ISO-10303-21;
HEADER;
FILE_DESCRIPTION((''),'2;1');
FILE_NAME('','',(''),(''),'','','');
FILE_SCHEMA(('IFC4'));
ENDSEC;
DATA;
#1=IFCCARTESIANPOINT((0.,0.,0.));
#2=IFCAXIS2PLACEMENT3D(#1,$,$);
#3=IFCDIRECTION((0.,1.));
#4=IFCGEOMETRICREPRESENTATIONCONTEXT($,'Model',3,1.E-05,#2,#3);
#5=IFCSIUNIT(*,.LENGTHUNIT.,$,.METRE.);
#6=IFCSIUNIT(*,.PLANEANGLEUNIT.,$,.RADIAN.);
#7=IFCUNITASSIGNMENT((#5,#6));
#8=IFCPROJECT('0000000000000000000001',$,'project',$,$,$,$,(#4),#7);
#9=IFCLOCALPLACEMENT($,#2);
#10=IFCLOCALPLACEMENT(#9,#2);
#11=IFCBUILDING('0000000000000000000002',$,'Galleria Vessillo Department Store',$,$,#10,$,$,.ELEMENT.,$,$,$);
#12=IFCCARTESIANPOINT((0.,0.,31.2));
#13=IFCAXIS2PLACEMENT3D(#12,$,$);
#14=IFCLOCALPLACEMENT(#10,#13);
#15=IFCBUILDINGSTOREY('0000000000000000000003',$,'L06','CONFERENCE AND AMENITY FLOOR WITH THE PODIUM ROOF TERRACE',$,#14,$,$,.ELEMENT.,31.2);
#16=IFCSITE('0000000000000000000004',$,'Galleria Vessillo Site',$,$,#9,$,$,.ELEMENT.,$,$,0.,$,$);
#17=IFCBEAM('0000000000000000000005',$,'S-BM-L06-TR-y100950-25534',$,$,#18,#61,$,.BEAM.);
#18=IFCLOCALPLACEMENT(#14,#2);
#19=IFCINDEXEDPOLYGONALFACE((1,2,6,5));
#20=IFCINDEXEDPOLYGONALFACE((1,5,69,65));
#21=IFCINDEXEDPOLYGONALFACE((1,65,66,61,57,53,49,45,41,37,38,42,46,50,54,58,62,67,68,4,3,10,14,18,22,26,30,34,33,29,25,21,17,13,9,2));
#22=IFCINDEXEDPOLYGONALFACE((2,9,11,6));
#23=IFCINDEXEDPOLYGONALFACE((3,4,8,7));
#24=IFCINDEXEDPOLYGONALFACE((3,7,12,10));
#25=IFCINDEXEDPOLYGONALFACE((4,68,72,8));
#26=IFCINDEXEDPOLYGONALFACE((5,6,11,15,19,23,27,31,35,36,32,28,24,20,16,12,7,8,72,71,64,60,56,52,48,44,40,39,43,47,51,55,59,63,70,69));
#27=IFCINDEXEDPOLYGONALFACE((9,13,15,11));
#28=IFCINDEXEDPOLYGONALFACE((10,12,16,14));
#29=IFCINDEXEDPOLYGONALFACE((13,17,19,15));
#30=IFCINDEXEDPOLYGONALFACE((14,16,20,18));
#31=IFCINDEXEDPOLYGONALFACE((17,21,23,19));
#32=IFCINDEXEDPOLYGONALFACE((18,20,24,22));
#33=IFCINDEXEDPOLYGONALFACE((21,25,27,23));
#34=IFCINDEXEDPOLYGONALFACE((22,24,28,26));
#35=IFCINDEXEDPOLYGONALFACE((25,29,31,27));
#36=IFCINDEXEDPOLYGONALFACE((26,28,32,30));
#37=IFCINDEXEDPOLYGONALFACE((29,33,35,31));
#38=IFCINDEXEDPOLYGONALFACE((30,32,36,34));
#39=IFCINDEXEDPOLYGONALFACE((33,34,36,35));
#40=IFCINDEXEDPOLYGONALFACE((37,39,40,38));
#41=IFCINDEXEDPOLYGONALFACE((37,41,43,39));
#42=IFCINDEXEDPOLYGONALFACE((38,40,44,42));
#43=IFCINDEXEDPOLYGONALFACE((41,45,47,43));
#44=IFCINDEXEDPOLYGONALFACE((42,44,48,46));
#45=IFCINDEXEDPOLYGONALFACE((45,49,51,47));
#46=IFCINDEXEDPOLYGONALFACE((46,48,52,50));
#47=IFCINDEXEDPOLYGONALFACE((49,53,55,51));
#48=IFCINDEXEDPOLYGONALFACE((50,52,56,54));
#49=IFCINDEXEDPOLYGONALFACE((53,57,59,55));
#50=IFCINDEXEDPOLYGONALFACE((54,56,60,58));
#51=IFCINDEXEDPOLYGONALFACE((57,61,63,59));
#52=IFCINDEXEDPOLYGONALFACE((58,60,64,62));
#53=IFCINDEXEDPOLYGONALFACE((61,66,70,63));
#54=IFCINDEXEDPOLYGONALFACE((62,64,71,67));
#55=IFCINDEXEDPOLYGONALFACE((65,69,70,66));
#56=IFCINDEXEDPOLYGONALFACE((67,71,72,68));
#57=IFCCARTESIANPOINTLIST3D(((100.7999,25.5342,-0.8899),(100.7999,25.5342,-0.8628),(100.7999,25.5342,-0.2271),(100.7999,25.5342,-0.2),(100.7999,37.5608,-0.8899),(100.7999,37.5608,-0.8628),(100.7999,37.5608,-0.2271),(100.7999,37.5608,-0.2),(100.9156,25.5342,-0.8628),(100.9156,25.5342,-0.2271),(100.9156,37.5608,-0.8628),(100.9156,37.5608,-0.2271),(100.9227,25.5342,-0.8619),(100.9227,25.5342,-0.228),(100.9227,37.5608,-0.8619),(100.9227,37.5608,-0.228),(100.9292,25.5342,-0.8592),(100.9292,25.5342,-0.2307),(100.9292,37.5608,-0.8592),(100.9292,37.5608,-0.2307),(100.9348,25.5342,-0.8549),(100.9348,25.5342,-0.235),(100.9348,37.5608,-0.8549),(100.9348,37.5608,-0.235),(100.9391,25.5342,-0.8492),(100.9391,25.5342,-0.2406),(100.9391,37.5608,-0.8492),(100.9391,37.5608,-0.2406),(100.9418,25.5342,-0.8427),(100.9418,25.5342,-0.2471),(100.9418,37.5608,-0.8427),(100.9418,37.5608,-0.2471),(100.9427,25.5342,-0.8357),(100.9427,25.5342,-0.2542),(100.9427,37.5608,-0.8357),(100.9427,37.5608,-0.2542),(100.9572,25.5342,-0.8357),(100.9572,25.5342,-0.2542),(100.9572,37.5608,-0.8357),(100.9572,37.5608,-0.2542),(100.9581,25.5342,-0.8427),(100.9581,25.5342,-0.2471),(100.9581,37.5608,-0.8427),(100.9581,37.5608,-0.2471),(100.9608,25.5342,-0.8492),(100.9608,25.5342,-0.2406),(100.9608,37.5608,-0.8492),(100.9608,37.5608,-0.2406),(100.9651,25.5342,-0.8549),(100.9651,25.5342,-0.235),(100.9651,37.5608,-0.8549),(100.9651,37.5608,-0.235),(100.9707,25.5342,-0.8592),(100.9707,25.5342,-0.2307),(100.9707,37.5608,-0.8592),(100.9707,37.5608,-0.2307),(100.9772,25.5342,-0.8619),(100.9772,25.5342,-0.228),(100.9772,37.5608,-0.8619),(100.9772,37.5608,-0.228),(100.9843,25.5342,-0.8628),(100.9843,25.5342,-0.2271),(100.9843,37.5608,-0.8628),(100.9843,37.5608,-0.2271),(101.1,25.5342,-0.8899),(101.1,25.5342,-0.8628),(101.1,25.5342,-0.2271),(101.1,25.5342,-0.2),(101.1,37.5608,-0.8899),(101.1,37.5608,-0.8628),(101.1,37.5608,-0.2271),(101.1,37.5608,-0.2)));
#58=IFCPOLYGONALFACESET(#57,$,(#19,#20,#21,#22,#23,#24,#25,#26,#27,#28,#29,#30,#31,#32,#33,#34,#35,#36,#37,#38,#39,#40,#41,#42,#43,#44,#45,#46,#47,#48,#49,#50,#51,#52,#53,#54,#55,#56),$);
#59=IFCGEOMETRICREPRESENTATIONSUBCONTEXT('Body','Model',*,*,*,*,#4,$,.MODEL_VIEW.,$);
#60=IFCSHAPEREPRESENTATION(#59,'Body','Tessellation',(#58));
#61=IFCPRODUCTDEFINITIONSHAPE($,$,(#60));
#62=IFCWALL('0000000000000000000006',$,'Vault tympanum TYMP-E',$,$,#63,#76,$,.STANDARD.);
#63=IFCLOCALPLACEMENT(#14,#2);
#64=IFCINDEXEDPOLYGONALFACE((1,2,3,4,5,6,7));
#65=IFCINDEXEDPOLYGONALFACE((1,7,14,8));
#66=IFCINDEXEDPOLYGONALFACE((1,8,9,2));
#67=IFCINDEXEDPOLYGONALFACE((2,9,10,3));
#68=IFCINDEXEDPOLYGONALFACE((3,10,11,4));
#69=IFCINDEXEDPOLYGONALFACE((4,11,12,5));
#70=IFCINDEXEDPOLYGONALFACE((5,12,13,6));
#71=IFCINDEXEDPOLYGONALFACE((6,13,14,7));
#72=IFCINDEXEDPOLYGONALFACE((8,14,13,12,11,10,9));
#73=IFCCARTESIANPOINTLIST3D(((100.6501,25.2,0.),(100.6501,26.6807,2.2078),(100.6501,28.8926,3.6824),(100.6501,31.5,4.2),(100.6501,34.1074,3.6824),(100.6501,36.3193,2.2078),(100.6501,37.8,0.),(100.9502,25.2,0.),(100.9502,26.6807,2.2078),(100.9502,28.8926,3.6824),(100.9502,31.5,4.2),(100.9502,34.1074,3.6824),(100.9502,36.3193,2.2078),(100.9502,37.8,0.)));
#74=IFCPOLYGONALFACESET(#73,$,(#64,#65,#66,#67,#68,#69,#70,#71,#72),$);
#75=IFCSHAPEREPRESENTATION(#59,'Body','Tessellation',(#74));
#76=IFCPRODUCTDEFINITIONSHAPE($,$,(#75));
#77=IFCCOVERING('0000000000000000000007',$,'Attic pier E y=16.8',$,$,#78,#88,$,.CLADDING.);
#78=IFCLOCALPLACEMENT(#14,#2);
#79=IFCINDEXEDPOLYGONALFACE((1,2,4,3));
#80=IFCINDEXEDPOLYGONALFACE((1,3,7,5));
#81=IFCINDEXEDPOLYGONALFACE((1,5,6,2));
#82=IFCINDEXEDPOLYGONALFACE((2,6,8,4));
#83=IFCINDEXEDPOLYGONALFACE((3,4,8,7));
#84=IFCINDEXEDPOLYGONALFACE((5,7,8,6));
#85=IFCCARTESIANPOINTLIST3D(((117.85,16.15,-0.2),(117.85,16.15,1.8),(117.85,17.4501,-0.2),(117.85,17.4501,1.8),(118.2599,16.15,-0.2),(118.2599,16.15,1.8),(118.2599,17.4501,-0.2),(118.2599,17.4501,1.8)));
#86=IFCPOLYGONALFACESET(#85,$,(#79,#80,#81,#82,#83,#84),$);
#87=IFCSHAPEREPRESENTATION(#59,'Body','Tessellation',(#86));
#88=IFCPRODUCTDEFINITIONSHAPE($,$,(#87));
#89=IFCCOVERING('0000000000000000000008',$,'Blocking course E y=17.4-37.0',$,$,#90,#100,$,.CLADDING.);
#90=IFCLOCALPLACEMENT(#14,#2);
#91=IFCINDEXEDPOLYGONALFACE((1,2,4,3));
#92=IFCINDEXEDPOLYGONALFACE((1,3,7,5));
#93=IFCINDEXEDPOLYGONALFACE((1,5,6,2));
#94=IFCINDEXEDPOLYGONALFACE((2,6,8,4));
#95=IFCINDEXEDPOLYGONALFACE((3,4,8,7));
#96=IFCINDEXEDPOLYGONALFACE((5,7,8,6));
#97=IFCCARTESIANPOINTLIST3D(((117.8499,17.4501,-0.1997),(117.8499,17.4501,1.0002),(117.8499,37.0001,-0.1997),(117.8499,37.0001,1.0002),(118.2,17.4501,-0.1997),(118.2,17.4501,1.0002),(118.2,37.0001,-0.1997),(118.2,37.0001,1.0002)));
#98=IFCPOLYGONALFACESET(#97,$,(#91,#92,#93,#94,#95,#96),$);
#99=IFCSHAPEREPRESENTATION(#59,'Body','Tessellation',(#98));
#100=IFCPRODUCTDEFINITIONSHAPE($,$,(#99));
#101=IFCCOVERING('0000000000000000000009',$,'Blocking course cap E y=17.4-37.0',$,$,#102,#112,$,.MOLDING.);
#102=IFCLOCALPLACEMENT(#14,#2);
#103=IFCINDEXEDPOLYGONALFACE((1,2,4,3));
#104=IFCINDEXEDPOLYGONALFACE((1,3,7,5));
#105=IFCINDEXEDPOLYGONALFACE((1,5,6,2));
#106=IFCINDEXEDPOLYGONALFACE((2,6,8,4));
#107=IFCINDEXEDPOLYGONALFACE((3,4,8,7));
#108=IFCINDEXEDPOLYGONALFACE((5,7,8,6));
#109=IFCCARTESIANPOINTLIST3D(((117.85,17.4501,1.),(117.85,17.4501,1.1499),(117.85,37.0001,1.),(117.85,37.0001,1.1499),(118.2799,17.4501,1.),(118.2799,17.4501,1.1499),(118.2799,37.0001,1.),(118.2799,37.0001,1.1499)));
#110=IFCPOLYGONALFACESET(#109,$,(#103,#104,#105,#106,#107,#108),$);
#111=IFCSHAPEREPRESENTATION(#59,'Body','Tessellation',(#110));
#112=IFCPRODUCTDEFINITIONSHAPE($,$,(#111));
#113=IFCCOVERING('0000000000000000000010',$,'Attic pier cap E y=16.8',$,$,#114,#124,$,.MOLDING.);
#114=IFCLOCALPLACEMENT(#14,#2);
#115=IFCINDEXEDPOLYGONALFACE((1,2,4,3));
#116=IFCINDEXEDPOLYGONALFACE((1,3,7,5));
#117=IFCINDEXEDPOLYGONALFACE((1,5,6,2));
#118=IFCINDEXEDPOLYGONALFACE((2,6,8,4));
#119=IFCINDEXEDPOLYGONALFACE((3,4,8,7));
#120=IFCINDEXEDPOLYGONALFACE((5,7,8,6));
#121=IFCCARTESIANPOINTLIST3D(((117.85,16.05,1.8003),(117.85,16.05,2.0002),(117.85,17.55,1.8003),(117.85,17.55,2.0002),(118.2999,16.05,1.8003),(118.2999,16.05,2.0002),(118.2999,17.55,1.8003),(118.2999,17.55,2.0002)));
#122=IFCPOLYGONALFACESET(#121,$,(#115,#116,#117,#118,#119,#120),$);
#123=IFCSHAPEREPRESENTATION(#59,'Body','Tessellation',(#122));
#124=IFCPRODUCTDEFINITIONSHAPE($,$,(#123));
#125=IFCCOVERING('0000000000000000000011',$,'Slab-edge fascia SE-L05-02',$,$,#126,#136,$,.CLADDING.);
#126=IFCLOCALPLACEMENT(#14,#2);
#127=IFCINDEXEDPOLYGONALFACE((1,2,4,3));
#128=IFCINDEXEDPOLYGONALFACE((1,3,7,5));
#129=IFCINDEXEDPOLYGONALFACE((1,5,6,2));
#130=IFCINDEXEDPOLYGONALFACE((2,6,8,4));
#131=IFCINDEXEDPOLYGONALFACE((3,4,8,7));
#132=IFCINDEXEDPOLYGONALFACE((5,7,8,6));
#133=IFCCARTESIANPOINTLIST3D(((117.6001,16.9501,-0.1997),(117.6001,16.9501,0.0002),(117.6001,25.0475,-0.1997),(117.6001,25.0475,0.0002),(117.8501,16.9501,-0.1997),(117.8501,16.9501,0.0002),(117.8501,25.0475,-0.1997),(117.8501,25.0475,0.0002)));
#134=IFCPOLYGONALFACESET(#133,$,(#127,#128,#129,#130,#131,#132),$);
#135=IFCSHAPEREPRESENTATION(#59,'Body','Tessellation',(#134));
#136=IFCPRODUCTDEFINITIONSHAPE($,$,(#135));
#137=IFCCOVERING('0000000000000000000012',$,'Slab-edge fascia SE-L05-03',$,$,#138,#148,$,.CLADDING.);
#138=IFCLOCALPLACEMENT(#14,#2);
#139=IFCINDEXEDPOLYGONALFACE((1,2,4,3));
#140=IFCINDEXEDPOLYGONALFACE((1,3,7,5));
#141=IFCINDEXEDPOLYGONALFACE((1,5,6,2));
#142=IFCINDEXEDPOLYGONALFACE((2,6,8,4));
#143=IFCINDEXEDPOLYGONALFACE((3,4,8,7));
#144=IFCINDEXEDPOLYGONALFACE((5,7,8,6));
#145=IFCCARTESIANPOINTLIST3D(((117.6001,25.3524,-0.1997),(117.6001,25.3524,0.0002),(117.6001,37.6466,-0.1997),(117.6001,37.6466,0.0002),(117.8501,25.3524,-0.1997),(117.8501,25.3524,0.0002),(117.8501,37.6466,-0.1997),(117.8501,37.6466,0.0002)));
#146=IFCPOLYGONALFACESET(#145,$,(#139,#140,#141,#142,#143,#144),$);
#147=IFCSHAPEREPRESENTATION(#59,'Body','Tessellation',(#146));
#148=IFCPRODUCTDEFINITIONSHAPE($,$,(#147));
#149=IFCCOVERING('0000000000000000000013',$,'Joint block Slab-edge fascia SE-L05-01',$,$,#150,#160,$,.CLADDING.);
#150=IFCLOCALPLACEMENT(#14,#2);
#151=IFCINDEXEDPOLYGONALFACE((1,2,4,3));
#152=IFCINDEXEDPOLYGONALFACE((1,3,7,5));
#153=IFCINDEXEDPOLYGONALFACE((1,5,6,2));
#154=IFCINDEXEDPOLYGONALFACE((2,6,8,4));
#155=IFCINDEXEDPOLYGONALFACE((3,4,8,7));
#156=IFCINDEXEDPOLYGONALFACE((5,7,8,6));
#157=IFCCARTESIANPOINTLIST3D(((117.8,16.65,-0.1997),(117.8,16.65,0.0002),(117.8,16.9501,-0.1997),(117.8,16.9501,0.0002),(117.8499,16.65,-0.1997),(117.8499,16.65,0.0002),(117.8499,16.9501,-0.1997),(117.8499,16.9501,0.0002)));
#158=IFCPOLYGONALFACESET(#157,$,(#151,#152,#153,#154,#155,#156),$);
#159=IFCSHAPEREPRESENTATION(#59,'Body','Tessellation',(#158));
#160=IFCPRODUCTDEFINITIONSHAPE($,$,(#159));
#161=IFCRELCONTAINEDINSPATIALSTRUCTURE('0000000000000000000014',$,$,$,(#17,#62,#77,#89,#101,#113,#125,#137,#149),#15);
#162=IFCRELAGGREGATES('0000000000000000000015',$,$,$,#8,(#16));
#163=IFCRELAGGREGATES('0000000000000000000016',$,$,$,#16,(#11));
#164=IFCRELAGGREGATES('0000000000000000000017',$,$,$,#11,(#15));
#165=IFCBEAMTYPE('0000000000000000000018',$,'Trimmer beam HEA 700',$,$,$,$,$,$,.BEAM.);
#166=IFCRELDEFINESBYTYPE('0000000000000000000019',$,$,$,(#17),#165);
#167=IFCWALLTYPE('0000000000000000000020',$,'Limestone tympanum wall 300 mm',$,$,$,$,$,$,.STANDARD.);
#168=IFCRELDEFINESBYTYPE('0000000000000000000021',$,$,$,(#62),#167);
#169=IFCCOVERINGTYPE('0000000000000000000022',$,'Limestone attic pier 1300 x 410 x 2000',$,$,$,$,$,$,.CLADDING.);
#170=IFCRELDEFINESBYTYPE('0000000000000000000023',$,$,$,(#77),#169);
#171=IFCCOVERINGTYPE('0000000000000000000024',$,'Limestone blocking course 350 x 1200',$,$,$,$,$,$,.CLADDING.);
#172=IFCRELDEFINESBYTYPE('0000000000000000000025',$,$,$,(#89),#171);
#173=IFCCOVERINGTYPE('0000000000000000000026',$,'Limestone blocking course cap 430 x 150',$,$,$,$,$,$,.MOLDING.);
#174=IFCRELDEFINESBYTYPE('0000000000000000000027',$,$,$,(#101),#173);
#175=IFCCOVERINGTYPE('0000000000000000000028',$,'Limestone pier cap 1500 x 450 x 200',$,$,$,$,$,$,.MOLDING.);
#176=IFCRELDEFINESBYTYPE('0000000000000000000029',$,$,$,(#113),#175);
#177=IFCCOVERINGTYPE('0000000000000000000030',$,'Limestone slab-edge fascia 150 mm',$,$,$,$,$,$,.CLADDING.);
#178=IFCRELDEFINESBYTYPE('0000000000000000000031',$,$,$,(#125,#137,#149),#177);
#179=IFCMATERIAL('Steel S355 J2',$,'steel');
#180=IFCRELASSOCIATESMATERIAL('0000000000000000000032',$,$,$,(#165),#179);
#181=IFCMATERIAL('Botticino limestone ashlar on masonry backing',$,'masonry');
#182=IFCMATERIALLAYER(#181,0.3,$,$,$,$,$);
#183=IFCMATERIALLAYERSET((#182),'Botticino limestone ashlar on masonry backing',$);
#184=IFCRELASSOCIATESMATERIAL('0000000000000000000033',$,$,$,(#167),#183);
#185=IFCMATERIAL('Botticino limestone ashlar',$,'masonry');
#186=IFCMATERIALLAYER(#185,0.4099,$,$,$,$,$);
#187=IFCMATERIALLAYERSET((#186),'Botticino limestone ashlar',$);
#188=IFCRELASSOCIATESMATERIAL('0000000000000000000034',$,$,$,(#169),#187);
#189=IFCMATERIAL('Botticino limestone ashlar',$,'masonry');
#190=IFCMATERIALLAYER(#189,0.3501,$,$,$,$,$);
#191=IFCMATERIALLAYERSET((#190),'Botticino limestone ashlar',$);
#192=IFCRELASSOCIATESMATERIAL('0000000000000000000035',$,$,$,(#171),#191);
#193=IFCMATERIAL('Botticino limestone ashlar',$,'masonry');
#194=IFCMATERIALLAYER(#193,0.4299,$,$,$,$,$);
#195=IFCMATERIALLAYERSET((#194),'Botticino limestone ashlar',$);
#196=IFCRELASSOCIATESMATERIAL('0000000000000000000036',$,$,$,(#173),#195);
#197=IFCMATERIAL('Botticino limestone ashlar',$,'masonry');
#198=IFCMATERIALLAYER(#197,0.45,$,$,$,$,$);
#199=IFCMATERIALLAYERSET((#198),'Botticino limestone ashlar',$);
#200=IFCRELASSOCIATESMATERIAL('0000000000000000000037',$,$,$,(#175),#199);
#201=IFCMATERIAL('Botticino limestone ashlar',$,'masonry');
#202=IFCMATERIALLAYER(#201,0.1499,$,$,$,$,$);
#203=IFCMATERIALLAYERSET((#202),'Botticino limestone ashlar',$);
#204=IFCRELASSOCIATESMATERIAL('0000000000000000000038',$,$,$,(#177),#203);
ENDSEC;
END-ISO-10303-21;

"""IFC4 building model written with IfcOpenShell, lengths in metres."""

from ifc_helpers import new_model, si_unit, direction, frame, origin, origin_2d, place, context, subcontext, project, spatial, polyline, rectangle, i_section, outline, extrude, material, layer, layer_set, material_profile, profile_set, type_object, element, save


model = new_model("IFC4")

# Units and contexts
model_context = context("Model", 3, precision=1e-05, world=origin(), true_north=direction((0.0, 1.0)))
body_context = subcontext(model_context, "Body", "Model", "MODEL_VIEW")
ifc_project = project(units=[si_unit("LENGTHUNIT", "METRE"), si_unit("PLANEANGLEUNIT", "RADIAN")], contexts=[model_context])

# Site, building, storey
site_placement = place(None, origin())
site = spatial("IfcSite", under=ifc_project, at=site_placement, Name="Galleria Vessillo Site", CompositionType="ELEMENT", RefElevation=0.0)
building_placement = place(site_placement, origin())
building = spatial("IfcBuilding", under=site, at=building_placement, Name="Galleria Vessillo Department Store", CompositionType="ELEMENT")
storey_placement = place(building_placement, frame((0.0, 0.0, 31.2)))
storey = spatial("IfcBuildingStorey", under=building, at=storey_placement, Name="L06", Description="CONFERENCE AND AMENITY FLOOR WITH THE PODIUM ROOF TERRACE", CompositionType="ELEMENT", Elevation=31.2)

# Beam
ifc_material_1 = material(Name="Steel S355 J2", Category="steel")
ifc_material_profile_1 = material_profile(ifc_material_1, i_section(OverallWidth=0.3, OverallDepth=0.6899, WebThickness=0.0144, FlangeThickness=0.0271, FilletRadius=0.0271, at=origin_2d()), Name="HEA 700")
ifc_profile_set_1 = profile_set([ifc_material_profile_1], Name="Steel S355 J2")
beam_type_1 = type_object("IfcBeamType", Name="Trimmer beam HEA 700", PredefinedType="BEAM", material=ifc_profile_set_1)
beam_1_placement = place(storey_placement, frame((100.95, 25.5342, -0.5449), z_axis=(0.0, 1.0, 0.0), x_axis=(-1.0, 0.0, 0.0)))
element("IfcBeam", 1, at=beam_1_placement, inside=storey, type_object=beam_type_1, Name="S-BM-L06-TR-y100950-25534", PredefinedType="BEAM", context=body_context, shape_type="SweptSolid", body=[
    extrude(i_section(OverallWidth=0.3, OverallDepth=0.6899, WebThickness=0.0144, FlangeThickness=0.0271, FilletRadius=0.0271, at=origin_2d()), origin(), (0.0, 0.0, 1.0), 12.0266),
])

# Wall
ifc_material_2 = material(Name="Botticino limestone ashlar on masonry backing", Category="masonry")
ifc_layer_1 = layer(ifc_material_2, 0.3)
ifc_layer_set_1 = layer_set([ifc_layer_1], Name="Botticino limestone ashlar on masonry backing")
wall_type = type_object("IfcWallType", Name="Limestone tympanum wall 300 mm", PredefinedType="STANDARD", material=ifc_layer_set_1)
wall_placement = place(storey_placement, frame((100.8, 25.2, 0.0), z_axis=(0.0, 0.0, 1.0), x_axis=(0.0, 1.0, 0.0)))
element("IfcWall", 2, at=wall_placement, inside=storey, type_object=wall_type, Name="Vault tympanum TYMP-E", PredefinedType="STANDARD", context=body_context, shape_type="SweptSolid", body=[
    extrude(outline(polyline([(0.0, 0.0), (12.6001, 0.0), (12.6001, 0.0), (11.1194, 2.2078), (8.9075, 3.6824), (6.3, 4.2), (3.6926, 3.6824), (1.4807, 2.2078), (0.0, 0.0), (0.0, 0.0)])), frame((0.0, 0.1499, 0.0), z_axis=(0.0, -1.0, 0.0), x_axis=(1.0, 0.0, 0.0)), (0.0, 0.0, 1.0), 0.3),
])

# Coverings
ifc_material_3 = material(Name="Botticino limestone ashlar", Category="masonry")
ifc_layer_2 = layer(ifc_material_3, 0.4099)
ifc_layer_set_2 = layer_set([ifc_layer_2], Name="Botticino limestone ashlar")
covering_type_1 = type_object("IfcCoveringType", Name="Limestone attic pier 1300 x 410 x 2000", PredefinedType="CLADDING", material=ifc_layer_set_2)
covering_1_placement = place(storey_placement, frame((118.0549, 16.8, -0.2), z_axis=(0.0, 0.0, 1.0), x_axis=(1.0, 0.0, 0.0)))
element("IfcCovering", 3, at=covering_1_placement, inside=storey, type_object=covering_type_1, Name="Attic pier E y=16.8", PredefinedType="CLADDING", context=body_context, shape_type="SweptSolid", body=[
    extrude(rectangle(XDim=0.4099, YDim=1.3, at=origin_2d()), origin(), (0.0, 0.0, 1.0), 2.0),
])
ifc_material_4 = material(Name="Botticino limestone ashlar", Category="masonry")
ifc_layer_3 = layer(ifc_material_4, 0.3501)
ifc_layer_set_3 = layer_set([ifc_layer_3], Name="Botticino limestone ashlar")
covering_type_2 = type_object("IfcCoveringType", Name="Limestone blocking course 350 x 1200", PredefinedType="CLADDING", material=ifc_layer_set_3)
covering_2_placement = place(storey_placement, frame((118.0249, 27.2251, -0.1997), z_axis=(0.0, 0.0, 1.0), x_axis=(1.0, 0.0, 0.0)))
element("IfcCovering", 4, at=covering_2_placement, inside=storey, type_object=covering_type_2, Name="Blocking course E y=17.4-37.0", PredefinedType="CLADDING", context=body_context, shape_type="SweptSolid", body=[
    extrude(rectangle(XDim=0.3501, YDim=19.55, at=origin_2d()), origin(), (0.0, 0.0, 1.0), 1.2),
])
ifc_material_5 = material(Name="Botticino limestone ashlar", Category="masonry")
ifc_layer_4 = layer(ifc_material_5, 0.4299)
ifc_layer_set_4 = layer_set([ifc_layer_4], Name="Botticino limestone ashlar")
covering_type_3 = type_object("IfcCoveringType", Name="Limestone blocking course cap 430 x 150", PredefinedType="MOLDING", material=ifc_layer_set_4)
covering_3_placement = place(storey_placement, frame((118.0649, 27.2251, 1.0), z_axis=(0.0, 0.0, 1.0), x_axis=(1.0, 0.0, 0.0)))
element("IfcCovering", 5, at=covering_3_placement, inside=storey, type_object=covering_type_3, Name="Blocking course cap E y=17.4-37.0", PredefinedType="MOLDING", context=body_context, shape_type="SweptSolid", body=[
    extrude(rectangle(XDim=0.4299, YDim=19.55, at=origin_2d()), origin(), (0.0, 0.0, 1.0), 0.1499),
])
ifc_material_6 = material(Name="Botticino limestone ashlar", Category="masonry")
ifc_layer_5 = layer(ifc_material_6, 0.45)
ifc_layer_set_5 = layer_set([ifc_layer_5], Name="Botticino limestone ashlar")
covering_type_4 = type_object("IfcCoveringType", Name="Limestone pier cap 1500 x 450 x 200", PredefinedType="MOLDING", material=ifc_layer_set_5)
covering_4_placement = place(storey_placement, frame((118.075, 16.8, 1.8003), z_axis=(0.0, 0.0, 1.0), x_axis=(1.0, 0.0, 0.0)))
element("IfcCovering", 6, at=covering_4_placement, inside=storey, type_object=covering_type_4, Name="Attic pier cap E y=16.8", PredefinedType="MOLDING", context=body_context, shape_type="SweptSolid", body=[
    extrude(rectangle(XDim=0.45, YDim=1.5, at=origin_2d()), origin(), (0.0, 0.0, 1.0), 0.2),
])
ifc_material_7 = material(Name="Botticino limestone ashlar", Category="masonry")
ifc_layer_6 = layer(ifc_material_7, 0.1499)
ifc_layer_set_6 = layer_set([ifc_layer_6], Name="Botticino limestone ashlar")
covering_type_5 = type_object("IfcCoveringType", Name="Limestone slab-edge fascia 150 mm", PredefinedType="CLADDING", material=ifc_layer_set_6)
covering_5_placement = place(storey_placement, frame((117.7251, 20.9988, -0.1997), z_axis=(0.0, 0.0, 1.0), x_axis=(1.0, 0.0, 0.0)))
element("IfcCovering", 7, at=covering_5_placement, inside=storey, type_object=covering_type_5, Name="Slab-edge fascia SE-L05-02", PredefinedType="CLADDING", context=body_context, shape_type="SweptSolid", body=[
    extrude(rectangle(XDim=0.25, YDim=8.0974, at=origin_2d()), origin(), (0.0, 0.0, 1.0), 0.2),
])
covering_6_placement = place(storey_placement, frame((117.7251, 31.4995, -0.1997), z_axis=(0.0, 0.0, 1.0), x_axis=(1.0, 0.0, 0.0)))
element("IfcCovering", 8, at=covering_6_placement, inside=storey, type_object=covering_type_5, Name="Slab-edge fascia SE-L05-03", PredefinedType="CLADDING", context=body_context, shape_type="SweptSolid", body=[
    extrude(rectangle(XDim=0.25, YDim=12.2942, at=origin_2d()), origin(), (0.0, 0.0, 1.0), 0.2),
])
covering_7_placement = place(storey_placement, frame((117.825, 16.8, -0.1997), z_axis=(0.0, 0.0, 1.0), x_axis=(1.0, 0.0, 0.0)))
element("IfcCovering", 9, at=covering_7_placement, inside=storey, type_object=covering_type_5, Name="Joint block Slab-edge fascia SE-L05-01", PredefinedType="CLADDING", context=body_context, shape_type="SweptSolid", body=[
    extrude(rectangle(XDim=0.0498, YDim=0.3, at=origin_2d()), origin(), (0.0, 0.0, 1.0), 0.2),
])

save(model, "model.ifc")
